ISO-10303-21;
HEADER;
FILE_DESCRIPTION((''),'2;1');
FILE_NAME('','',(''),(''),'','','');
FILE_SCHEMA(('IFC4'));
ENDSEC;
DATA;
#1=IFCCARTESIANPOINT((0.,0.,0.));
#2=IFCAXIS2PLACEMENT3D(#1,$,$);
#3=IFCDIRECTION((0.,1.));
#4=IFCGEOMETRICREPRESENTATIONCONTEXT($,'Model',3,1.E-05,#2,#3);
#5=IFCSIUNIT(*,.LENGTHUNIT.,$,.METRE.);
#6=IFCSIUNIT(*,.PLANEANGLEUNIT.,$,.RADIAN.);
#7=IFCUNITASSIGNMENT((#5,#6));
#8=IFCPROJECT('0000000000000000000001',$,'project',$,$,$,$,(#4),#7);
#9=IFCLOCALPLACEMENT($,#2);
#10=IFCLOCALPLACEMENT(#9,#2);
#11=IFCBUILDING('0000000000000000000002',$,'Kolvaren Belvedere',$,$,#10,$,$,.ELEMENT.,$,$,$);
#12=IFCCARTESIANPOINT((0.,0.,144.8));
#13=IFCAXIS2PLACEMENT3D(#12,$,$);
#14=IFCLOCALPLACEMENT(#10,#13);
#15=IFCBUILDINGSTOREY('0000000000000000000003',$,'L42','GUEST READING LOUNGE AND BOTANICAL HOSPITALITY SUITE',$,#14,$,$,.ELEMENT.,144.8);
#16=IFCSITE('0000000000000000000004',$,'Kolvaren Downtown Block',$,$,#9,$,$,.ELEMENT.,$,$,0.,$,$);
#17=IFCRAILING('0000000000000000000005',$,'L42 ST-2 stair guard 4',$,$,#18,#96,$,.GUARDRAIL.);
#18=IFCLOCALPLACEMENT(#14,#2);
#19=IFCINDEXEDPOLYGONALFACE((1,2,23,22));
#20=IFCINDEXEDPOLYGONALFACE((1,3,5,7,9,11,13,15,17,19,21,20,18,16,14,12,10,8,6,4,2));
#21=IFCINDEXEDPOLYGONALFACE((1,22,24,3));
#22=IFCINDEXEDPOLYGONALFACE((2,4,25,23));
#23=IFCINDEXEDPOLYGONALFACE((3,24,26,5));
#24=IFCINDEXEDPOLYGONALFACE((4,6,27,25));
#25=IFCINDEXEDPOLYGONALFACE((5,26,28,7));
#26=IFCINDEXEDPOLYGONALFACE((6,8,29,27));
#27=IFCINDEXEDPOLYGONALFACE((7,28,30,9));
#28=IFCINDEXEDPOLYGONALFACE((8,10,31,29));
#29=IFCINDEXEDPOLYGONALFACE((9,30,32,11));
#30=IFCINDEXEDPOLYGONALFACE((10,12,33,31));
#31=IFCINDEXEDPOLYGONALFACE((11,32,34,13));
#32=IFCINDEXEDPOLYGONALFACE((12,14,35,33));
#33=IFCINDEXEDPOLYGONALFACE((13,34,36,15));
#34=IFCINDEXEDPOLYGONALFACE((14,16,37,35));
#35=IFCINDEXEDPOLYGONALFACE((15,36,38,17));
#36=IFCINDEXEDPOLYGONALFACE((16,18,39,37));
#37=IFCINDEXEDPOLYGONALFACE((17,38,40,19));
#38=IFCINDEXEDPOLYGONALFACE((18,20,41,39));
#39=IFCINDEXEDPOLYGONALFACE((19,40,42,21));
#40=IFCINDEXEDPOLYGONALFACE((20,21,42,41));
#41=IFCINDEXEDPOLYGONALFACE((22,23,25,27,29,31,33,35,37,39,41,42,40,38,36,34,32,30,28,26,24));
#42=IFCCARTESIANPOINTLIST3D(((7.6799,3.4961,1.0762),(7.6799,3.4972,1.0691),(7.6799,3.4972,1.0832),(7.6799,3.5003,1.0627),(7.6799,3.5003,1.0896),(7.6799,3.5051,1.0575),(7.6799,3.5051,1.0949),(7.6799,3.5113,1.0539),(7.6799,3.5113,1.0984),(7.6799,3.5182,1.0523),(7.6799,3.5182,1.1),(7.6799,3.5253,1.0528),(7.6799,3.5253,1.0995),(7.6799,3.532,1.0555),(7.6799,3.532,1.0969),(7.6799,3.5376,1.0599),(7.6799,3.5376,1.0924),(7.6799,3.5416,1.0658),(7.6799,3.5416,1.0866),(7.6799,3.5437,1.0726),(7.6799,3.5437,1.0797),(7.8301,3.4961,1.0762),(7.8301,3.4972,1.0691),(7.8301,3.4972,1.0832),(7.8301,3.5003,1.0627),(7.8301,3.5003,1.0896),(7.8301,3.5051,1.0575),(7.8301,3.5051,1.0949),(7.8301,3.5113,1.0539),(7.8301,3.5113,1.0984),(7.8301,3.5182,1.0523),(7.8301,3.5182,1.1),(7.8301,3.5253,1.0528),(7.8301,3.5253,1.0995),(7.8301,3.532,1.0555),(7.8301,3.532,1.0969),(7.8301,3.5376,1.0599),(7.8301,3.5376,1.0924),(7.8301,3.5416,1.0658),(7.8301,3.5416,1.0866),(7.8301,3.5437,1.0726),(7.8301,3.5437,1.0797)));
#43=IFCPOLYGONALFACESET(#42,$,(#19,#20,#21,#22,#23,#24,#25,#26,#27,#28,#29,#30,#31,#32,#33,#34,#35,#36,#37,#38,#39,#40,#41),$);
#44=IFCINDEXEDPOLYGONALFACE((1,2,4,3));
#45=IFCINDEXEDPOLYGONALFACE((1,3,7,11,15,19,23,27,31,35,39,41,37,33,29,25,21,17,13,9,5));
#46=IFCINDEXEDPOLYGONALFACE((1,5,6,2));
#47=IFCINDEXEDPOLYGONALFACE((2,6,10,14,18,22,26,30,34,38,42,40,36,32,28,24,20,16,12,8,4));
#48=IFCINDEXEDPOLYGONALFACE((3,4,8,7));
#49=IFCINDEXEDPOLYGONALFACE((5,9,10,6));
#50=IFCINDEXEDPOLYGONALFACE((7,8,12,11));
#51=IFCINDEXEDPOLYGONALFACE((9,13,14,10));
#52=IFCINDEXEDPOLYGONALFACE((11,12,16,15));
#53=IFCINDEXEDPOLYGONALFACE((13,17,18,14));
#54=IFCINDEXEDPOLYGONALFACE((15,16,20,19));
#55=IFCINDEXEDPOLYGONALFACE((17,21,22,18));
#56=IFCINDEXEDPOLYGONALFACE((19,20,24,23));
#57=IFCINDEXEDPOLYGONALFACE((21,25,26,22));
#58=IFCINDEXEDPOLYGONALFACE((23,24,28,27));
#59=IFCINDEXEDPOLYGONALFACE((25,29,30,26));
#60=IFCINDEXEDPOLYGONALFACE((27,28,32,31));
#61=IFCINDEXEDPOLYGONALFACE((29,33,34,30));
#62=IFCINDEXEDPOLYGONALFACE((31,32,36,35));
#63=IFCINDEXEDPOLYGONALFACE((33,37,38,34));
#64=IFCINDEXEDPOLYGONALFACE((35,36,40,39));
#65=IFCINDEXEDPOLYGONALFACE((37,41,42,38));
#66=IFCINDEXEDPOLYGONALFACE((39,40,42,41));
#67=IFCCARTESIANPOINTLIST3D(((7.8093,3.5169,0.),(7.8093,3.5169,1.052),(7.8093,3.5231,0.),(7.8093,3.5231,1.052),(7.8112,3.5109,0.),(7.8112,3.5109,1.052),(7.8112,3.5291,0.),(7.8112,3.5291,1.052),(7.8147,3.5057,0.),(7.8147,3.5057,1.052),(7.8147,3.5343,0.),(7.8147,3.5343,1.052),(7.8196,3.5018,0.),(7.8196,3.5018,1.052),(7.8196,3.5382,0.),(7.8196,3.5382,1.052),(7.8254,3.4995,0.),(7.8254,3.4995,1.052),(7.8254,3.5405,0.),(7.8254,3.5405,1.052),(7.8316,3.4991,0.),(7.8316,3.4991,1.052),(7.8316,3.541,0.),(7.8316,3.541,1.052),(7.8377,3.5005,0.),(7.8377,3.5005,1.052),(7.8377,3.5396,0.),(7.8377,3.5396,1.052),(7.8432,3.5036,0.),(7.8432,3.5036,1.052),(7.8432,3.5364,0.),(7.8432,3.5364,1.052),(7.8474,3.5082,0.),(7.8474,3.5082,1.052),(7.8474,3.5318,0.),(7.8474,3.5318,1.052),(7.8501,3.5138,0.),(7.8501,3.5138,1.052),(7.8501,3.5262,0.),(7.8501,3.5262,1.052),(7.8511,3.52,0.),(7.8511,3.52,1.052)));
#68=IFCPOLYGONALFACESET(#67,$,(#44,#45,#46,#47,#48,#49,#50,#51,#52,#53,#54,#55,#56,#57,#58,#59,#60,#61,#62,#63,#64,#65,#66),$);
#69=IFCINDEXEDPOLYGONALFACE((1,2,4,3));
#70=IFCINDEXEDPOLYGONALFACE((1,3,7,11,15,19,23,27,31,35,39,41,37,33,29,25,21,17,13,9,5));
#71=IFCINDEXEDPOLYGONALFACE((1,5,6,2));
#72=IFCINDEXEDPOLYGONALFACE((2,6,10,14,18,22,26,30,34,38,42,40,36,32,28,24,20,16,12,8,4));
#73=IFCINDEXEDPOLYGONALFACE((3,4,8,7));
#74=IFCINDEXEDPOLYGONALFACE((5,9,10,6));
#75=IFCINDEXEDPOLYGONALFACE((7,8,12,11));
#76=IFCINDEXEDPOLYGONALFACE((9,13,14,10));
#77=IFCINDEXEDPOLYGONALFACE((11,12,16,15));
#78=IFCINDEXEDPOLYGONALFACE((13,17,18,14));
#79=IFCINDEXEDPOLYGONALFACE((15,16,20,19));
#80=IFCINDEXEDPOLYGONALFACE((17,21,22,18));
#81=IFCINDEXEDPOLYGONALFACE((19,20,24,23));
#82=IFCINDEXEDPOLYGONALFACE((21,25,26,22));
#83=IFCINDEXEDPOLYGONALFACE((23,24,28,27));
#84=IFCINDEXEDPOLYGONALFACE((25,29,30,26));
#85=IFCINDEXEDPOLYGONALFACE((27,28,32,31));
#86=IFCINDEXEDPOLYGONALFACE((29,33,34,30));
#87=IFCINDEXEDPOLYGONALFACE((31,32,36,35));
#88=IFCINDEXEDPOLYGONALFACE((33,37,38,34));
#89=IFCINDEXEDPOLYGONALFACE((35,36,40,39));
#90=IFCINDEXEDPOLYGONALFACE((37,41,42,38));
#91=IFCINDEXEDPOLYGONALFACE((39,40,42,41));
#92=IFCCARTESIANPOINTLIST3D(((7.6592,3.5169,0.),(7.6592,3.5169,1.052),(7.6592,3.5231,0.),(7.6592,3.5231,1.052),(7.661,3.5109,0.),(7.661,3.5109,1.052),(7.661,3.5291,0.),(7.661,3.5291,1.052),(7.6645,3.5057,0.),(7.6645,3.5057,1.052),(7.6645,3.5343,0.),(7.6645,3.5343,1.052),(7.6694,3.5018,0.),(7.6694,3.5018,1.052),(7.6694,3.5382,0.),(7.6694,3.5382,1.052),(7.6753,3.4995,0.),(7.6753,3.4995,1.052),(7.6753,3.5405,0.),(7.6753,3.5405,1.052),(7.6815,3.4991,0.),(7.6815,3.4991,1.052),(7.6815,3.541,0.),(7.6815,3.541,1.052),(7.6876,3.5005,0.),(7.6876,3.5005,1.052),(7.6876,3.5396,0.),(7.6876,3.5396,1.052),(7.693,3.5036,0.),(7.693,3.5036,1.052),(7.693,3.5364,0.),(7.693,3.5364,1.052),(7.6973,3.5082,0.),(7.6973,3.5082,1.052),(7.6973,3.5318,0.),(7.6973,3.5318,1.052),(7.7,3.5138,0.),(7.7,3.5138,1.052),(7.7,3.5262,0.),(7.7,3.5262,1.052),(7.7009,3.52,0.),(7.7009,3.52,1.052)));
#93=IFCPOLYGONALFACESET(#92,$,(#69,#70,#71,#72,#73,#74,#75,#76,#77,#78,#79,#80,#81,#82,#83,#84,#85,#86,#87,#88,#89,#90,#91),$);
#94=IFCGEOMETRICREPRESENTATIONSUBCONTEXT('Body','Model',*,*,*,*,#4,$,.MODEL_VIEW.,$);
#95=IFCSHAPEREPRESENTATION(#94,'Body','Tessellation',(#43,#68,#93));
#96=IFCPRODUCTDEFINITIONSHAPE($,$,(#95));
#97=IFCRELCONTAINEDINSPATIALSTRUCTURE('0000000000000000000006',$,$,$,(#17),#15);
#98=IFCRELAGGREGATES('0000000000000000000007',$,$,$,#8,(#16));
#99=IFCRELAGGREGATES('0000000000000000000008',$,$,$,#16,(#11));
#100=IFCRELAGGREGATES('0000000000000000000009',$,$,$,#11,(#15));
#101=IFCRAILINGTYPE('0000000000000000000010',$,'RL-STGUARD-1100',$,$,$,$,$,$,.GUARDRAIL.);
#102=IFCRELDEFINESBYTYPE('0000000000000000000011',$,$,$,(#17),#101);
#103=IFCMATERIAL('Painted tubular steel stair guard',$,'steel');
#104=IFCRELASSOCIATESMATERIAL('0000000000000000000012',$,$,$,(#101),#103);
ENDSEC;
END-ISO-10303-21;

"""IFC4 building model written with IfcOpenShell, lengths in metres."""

from ifc_helpers import new_model, si_unit, direction, frame, origin, origin_2d, place, context, subcontext, project, spatial, circle, extrude, material, type_object, element, save


model = new_model("IFC4")

# Units and contexts
model_context = context("Model", 3, precision=1e-05, world=origin(), true_north=direction((0.0, 1.0)))
body_context = subcontext(model_context, "Body", "Model", "MODEL_VIEW")
ifc_project = project(units=[si_unit("LENGTHUNIT", "METRE"), si_unit("PLANEANGLEUNIT", "RADIAN")], contexts=[model_context])

# Site, building, storey
site_placement = place(None, origin())
site = spatial("IfcSite", under=ifc_project, at=site_placement, Name="Kolvaren Downtown Block", CompositionType="ELEMENT", RefElevation=0.0)
building_placement = place(site_placement, origin())
building = spatial("IfcBuilding", under=site, at=building_placement, Name="Kolvaren Belvedere", CompositionType="ELEMENT")
storey_placement = place(building_placement, frame((0.0, 0.0, 144.8)))
storey = spatial("IfcBuildingStorey", under=building, at=storey_placement, Name="L42", Description="GUEST READING LOUNGE AND BOTANICAL HOSPITALITY SUITE", CompositionType="ELEMENT", Elevation=144.8)

# Railing
ifc_material_1 = material(Name="Painted tubular steel stair guard", Category="steel")
railing_type_1 = type_object("IfcRailingType", Name="RL-STGUARD-1100", PredefinedType="GUARDRAIL", material=ifc_material_1)
railing_1_placement = place(storey_placement, frame((7.8301, 3.52, 0.0)))
element("IfcRailing", 1, at=railing_1_placement, inside=storey, type_object=railing_type_1, Name="L42 ST-2 stair guard 4", PredefinedType="GUARDRAIL", context=body_context, shape_type="SweptSolid", body=[
    extrude(circle(Radius=0.0239, at=origin_2d()), frame((0.0, 0.0, 1.0762), z_axis=(-1.0, 0.0, 0.0), x_axis=(0.0, -1.0, 0.0)), (0.0, 0.0, 1.0), 0.1501),
    extrude(circle(Radius=0.021, at=origin_2d()), origin(), (0.0, 0.0, 1.0), 1.052),
    extrude(circle(Radius=0.021, at=origin_2d()), frame((-0.1501, 0.0, 0.0)), (0.0, 0.0, 1.0), 1.052),
])

save(model, "model.ifc")
